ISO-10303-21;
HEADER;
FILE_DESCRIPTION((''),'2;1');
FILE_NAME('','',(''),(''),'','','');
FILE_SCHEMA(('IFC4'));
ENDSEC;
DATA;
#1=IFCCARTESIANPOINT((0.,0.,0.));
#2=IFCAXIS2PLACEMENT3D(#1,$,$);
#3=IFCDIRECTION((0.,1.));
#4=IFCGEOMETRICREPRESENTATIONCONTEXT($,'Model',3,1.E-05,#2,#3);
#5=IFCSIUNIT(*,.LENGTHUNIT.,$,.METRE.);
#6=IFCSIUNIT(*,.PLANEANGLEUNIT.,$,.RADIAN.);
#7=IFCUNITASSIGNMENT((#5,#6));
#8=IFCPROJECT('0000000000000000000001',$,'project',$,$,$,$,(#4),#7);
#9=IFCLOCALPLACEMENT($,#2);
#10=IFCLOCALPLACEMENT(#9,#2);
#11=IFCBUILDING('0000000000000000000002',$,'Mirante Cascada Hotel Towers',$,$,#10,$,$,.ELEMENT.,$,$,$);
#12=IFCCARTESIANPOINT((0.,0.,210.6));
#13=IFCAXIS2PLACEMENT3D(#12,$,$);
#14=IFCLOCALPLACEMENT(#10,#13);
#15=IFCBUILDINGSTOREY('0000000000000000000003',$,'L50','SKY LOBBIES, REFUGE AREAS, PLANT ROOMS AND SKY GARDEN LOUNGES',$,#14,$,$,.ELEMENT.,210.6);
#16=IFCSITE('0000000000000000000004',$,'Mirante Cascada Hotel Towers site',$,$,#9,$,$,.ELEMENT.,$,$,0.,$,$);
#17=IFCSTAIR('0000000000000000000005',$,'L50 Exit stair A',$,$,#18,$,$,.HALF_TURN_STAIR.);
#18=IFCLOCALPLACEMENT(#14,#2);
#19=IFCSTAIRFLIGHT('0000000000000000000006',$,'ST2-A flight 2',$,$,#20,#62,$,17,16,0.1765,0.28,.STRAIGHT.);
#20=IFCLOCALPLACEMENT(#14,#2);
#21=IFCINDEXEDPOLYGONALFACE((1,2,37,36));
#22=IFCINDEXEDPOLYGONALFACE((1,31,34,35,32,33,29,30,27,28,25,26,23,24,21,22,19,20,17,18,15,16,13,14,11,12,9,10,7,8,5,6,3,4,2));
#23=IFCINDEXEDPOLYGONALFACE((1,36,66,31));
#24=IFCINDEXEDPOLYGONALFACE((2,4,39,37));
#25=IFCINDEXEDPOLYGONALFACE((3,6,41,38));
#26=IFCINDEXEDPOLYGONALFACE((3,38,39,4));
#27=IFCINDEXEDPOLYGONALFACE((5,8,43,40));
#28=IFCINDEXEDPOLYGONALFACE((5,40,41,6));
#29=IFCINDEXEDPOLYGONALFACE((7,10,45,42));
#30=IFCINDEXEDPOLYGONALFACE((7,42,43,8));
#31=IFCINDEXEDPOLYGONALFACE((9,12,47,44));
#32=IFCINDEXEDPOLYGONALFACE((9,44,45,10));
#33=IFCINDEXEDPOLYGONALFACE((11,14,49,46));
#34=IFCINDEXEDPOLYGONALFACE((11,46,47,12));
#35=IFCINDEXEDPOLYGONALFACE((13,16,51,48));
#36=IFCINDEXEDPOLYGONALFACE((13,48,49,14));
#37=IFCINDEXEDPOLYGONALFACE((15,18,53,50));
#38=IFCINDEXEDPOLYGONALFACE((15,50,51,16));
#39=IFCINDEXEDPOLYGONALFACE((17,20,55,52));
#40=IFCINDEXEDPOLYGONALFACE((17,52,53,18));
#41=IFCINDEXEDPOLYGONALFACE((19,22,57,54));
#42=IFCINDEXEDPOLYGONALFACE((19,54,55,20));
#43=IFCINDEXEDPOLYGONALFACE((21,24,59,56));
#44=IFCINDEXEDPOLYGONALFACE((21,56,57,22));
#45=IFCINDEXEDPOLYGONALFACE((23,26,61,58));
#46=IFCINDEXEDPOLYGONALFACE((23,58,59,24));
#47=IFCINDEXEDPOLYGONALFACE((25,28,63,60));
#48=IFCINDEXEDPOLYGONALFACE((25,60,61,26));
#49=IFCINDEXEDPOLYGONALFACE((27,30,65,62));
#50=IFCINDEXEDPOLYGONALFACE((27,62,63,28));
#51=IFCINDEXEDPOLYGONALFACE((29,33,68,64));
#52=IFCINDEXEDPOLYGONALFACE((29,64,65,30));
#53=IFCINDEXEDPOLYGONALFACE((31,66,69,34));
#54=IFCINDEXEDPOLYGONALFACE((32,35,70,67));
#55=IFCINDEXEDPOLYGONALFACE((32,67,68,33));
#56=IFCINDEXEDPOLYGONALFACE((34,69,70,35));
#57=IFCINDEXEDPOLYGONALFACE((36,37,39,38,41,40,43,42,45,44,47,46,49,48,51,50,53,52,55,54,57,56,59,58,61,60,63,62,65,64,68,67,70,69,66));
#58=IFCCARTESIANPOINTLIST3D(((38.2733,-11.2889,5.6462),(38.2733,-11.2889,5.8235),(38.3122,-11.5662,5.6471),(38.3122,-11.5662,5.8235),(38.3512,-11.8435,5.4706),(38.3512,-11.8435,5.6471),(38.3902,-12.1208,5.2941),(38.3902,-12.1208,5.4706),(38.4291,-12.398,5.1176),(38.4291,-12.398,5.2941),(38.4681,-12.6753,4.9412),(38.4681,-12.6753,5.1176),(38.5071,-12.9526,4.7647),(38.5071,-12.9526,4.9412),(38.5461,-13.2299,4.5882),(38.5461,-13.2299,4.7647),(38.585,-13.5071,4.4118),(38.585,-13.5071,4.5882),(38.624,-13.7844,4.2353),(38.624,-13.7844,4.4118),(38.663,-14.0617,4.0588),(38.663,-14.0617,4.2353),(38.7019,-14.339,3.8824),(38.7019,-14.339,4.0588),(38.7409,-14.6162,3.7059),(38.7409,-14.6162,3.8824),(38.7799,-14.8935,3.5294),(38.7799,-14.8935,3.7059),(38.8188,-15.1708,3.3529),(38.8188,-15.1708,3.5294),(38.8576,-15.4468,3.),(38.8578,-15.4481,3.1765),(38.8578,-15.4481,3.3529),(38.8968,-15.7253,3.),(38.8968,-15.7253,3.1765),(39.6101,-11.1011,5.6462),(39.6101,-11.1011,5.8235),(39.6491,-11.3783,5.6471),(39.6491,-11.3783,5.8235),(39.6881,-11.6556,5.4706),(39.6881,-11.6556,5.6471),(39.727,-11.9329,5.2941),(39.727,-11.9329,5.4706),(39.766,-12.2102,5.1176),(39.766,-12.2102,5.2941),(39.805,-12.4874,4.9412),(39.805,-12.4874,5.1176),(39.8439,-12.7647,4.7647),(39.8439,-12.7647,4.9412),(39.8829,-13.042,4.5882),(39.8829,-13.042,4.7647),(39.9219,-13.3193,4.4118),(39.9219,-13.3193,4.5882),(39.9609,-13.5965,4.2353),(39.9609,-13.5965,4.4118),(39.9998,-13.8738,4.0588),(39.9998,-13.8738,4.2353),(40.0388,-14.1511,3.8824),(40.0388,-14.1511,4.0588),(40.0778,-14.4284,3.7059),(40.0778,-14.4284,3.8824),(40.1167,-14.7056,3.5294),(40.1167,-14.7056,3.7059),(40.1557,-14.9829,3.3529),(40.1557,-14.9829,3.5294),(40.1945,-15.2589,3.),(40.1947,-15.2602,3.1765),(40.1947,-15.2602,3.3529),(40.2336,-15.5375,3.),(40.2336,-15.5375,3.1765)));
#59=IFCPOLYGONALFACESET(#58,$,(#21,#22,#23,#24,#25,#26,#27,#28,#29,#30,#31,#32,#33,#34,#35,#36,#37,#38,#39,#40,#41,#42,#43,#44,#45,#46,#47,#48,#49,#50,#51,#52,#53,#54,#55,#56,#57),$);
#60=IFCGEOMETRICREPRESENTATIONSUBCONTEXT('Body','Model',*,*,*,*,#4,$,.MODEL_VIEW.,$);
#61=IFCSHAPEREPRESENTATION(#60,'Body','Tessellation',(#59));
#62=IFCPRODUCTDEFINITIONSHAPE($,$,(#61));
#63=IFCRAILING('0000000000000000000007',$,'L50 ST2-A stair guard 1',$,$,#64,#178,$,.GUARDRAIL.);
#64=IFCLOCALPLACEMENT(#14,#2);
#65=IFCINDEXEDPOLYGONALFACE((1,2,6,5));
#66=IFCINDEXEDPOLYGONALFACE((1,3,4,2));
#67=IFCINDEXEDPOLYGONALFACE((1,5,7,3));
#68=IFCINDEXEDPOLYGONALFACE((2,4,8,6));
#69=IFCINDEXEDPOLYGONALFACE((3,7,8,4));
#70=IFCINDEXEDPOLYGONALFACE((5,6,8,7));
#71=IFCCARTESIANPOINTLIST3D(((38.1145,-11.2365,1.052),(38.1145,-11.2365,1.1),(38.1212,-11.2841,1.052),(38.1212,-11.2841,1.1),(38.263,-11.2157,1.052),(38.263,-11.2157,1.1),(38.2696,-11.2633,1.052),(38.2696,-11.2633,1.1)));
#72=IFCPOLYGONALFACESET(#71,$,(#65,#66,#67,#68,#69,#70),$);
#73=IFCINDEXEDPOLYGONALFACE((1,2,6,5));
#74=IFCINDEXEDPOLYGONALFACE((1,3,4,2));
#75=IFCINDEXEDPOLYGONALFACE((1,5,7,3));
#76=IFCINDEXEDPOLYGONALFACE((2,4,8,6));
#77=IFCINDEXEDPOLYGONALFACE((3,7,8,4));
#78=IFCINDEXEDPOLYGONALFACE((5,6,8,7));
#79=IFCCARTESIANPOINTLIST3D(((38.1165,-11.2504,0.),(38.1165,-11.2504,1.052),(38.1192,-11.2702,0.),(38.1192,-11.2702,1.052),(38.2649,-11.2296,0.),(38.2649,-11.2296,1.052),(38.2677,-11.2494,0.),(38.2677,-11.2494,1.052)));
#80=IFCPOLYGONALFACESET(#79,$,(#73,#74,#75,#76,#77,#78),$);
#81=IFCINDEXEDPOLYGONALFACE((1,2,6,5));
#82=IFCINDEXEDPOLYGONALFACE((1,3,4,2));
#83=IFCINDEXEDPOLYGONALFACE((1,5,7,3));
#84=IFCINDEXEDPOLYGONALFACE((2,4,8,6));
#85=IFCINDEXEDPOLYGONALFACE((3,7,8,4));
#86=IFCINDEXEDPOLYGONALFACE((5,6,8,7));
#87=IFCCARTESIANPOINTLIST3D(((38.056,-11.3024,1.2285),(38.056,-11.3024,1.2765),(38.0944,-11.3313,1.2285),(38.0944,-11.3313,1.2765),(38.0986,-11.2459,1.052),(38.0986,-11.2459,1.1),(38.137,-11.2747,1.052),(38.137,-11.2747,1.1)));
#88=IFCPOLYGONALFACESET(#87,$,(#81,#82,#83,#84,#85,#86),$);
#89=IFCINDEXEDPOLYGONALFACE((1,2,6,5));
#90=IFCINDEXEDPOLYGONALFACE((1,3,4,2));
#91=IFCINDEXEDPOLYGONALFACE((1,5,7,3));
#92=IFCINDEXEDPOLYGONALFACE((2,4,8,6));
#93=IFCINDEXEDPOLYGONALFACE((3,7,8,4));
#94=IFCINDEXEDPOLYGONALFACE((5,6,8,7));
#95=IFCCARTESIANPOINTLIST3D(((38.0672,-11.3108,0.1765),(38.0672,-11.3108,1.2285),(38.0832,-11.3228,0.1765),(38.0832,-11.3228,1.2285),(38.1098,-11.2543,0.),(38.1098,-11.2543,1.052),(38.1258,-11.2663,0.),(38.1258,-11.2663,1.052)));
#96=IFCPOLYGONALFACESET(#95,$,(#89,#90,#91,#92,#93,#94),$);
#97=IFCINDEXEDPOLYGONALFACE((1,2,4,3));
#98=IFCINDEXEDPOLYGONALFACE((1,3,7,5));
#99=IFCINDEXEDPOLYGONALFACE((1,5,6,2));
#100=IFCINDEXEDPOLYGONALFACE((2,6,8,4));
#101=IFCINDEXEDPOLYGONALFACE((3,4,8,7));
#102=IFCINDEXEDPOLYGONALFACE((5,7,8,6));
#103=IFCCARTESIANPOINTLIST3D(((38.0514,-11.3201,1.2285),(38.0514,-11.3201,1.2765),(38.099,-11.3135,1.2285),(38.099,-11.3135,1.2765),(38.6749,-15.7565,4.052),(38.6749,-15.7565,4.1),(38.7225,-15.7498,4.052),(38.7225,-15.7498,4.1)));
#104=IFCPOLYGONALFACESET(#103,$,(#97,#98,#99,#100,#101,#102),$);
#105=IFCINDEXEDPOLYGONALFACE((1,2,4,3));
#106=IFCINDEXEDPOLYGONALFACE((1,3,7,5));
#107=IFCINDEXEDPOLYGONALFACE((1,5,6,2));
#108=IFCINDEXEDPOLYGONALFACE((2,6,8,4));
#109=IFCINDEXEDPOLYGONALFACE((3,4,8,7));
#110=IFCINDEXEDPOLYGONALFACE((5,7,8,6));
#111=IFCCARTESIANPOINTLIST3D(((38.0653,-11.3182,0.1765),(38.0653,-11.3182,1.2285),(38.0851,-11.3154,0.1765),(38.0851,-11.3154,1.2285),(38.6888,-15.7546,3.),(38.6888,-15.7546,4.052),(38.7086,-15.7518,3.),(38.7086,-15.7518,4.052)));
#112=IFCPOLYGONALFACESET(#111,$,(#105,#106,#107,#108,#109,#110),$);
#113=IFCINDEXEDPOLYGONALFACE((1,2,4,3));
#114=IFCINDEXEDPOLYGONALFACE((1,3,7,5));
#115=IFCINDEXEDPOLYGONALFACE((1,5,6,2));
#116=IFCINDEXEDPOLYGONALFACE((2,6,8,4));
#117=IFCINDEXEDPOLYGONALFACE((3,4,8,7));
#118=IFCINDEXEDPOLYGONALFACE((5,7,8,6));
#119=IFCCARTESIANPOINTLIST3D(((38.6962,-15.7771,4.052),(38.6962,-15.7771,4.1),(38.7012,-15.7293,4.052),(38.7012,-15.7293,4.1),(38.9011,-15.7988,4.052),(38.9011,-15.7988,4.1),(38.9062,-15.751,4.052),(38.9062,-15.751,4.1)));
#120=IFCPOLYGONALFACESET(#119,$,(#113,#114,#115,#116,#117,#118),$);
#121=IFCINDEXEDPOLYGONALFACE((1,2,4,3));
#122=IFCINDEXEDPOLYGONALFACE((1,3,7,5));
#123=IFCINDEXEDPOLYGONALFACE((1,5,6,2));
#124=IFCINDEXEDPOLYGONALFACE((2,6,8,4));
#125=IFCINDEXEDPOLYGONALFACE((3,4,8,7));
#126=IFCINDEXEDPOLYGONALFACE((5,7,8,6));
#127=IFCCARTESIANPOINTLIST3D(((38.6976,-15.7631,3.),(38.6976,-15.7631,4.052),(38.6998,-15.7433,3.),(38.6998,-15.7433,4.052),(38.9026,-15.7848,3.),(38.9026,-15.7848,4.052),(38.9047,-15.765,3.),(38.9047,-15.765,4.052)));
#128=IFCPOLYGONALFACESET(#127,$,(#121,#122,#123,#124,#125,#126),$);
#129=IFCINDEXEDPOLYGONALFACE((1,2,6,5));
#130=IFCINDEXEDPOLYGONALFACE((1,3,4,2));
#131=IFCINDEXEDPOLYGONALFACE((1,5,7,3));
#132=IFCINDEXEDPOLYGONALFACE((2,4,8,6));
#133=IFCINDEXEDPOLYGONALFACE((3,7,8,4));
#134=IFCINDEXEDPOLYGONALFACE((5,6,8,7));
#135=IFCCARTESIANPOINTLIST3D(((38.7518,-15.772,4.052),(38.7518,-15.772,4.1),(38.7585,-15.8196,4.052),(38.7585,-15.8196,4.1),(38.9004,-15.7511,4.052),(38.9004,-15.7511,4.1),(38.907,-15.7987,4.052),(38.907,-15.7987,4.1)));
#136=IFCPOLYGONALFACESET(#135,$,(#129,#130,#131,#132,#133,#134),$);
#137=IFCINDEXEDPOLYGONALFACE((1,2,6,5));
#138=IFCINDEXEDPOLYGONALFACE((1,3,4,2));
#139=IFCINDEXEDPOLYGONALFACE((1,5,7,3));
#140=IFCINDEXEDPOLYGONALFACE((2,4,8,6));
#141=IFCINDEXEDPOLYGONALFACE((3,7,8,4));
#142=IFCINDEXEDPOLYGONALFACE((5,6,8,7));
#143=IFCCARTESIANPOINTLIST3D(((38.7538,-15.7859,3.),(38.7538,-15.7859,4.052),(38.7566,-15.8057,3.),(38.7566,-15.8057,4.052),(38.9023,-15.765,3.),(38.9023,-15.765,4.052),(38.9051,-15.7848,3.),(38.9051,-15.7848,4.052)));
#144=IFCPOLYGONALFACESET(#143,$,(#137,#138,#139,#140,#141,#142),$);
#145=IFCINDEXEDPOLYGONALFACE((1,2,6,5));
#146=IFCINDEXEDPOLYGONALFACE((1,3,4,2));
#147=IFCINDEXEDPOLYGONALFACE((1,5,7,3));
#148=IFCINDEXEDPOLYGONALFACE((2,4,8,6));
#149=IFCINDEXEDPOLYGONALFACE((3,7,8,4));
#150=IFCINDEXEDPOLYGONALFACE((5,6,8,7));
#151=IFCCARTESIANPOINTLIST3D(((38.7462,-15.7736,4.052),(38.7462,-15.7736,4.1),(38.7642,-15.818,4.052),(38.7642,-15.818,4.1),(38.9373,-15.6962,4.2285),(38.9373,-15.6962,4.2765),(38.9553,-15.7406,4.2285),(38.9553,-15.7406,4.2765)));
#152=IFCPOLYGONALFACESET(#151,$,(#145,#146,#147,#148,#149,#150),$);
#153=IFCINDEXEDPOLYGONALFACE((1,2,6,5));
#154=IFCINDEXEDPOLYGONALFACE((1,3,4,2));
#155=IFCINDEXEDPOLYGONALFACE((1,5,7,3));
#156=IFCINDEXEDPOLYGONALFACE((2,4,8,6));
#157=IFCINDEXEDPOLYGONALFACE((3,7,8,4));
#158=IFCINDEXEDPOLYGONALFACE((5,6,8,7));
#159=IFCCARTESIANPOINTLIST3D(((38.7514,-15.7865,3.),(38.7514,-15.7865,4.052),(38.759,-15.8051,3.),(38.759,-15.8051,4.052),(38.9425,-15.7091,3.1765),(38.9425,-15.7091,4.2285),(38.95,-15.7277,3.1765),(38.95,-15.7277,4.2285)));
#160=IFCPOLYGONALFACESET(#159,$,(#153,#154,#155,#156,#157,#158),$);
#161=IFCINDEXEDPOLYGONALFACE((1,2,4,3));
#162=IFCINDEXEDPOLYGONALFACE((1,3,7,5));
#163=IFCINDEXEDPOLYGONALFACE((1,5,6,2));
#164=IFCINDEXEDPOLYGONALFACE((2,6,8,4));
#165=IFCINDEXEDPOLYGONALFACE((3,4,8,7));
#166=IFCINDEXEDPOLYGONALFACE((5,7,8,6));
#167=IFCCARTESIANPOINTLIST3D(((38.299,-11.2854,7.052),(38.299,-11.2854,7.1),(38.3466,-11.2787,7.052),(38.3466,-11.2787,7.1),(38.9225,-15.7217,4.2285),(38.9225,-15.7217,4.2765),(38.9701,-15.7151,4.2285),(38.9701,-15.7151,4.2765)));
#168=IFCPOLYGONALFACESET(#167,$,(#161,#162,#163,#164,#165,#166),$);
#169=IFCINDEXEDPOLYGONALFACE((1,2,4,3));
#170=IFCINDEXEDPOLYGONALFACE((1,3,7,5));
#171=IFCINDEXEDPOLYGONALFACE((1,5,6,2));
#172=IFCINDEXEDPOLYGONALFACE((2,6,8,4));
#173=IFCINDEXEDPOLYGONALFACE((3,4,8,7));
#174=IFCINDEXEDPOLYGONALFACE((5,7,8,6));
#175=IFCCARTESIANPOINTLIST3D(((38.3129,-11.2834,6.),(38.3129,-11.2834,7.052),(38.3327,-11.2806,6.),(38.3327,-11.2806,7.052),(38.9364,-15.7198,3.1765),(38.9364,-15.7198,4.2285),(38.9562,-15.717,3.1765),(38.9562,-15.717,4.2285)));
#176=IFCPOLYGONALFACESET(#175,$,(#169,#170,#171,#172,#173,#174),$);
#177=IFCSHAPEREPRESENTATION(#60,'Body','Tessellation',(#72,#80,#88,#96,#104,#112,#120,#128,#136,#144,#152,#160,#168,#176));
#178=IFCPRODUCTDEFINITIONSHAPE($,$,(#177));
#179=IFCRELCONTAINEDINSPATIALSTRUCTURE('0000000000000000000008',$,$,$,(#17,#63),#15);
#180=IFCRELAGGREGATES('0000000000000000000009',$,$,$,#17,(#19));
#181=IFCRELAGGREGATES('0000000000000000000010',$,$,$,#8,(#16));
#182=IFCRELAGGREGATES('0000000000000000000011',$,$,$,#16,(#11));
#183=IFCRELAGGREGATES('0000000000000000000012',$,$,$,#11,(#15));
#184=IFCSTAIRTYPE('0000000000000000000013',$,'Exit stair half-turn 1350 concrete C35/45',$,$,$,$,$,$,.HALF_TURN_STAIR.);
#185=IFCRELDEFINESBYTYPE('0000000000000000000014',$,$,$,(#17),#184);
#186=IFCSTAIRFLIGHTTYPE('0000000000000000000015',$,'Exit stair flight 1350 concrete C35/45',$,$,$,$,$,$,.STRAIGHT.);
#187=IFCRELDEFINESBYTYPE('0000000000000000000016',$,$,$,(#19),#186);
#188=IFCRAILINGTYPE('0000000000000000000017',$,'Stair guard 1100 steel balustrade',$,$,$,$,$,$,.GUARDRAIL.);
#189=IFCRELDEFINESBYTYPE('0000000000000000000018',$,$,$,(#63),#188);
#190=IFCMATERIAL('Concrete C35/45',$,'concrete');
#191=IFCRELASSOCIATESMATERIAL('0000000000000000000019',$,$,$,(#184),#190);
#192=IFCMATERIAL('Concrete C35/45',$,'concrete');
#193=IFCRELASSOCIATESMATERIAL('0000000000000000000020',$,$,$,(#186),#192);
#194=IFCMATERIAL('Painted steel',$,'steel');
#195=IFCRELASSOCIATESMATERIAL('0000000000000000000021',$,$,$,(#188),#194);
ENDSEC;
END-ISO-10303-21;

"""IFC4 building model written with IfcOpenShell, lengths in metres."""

from ifc_helpers import new_model, si_unit, direction, frame, origin, origin_2d, place, context, subcontext, project, spatial, polyline, rectangle, outline, extrude, material, type_object, element, aggregate, save


model = new_model("IFC4")

# Units and contexts
model_context = context("Model", 3, precision=1e-05, world=origin(), true_north=direction((0.0, 1.0)))
body_context = subcontext(model_context, "Body", "Model", "MODEL_VIEW")
ifc_project = project(units=[si_unit("LENGTHUNIT", "METRE"), si_unit("PLANEANGLEUNIT", "RADIAN")], contexts=[model_context])

# Site, building, storey
site_placement = place(None, origin())
site = spatial("IfcSite", under=ifc_project, at=site_placement, Name="Mirante Cascada Hotel Towers site", CompositionType="ELEMENT", RefElevation=0.0)
building_placement = place(site_placement, origin())
building = spatial("IfcBuilding", under=site, at=building_placement, Name="Mirante Cascada Hotel Towers", CompositionType="ELEMENT")
storey_placement = place(building_placement, frame((0.0, 0.0, 210.6)))
storey = spatial("IfcBuildingStorey", under=building, at=storey_placement, Name="L50", Description="SKY LOBBIES, REFUGE AREAS, PLANT ROOMS AND SKY GARDEN LOUNGES", CompositionType="ELEMENT", Elevation=210.6)

# Stair, stair flight
ifc_material_1 = material(Name="Concrete C35/45", Category="concrete")
stair_type = type_object("IfcStairType", Name="Exit stair half-turn 1350 concrete C35/45", PredefinedType="HALF_TURN_STAIR", material=ifc_material_1)
stair_placement = place(storey_placement, origin())
stair = element("IfcStair", 1, at=stair_placement, inside=storey, type_object=stair_type, Name="L50 Exit stair A", PredefinedType="HALF_TURN_STAIR")
ifc_material_2 = material(Name="Concrete C35/45", Category="concrete")
stair_flight_type = type_object("IfcStairFlightType", Name="Exit stair flight 1350 concrete C35/45", PredefinedType="STRAIGHT", material=ifc_material_2)
stair_flight_1_placement = place(storey_placement, frame((39.5652, -15.6314, 3.0), z_axis=(0.0, 0.0, 1.0), x_axis=(-0.139173, 0.990268, 0.0)))
stair_flight_1 = element("IfcStairFlight", 2, at=stair_flight_1_placement, type_object=stair_flight_type, Name="ST2-A flight 2", NumberOfRisers=17, NumberOfTreads=16, PredefinedType="STRAIGHT", RiserHeight=0.1765, TreadLength=0.28, context=body_context, shape_type="SweptSolid", body=[
    extrude(outline(polyline([(0.0, 0.0), (0.0, 0.1765), (0.28, 0.1765), (0.28, 0.3529), (0.56, 0.3529), (0.56, 0.5294), (0.84, 0.5294), (0.84, 0.7059), (1.12, 0.7059), (1.12, 0.8824), (1.4, 0.8824), (1.4, 1.0588), (1.68, 1.0588), (1.68, 1.2353), (1.96, 1.2353), (1.96, 1.4118), (2.24, 1.4118), (2.24, 1.5882), (2.52, 1.5882), (2.52, 1.7647), (2.8, 1.7647), (2.8, 1.9412), (3.08, 1.9412), (3.08, 2.1176), (3.36, 2.1176), (3.36, 2.2941), (3.64, 2.2941), (3.64, 2.4706), (3.92, 2.4706), (3.92, 2.6471), (4.2, 2.6471), (4.2, 2.8235), (4.48, 2.8235), (4.48, 3.0), (4.48, 2.6462), (0.2813, 0.0), (0.0, 0.0)])), frame((0.0, 0.675, 0.0), z_axis=(0.0, -1.0, 0.0), x_axis=(1.0, 0.0, 0.0)), (0.0, 0.0, 1.0), 1.35),
])
aggregate(stair, [stair_flight_1])

# Railing
ifc_material_3 = material(Name="Painted steel", Category="steel")
railing_type_1 = type_object("IfcRailingType", Name="Stair guard 1100 steel balustrade", PredefinedType="GUARDRAIL", material=ifc_material_3)
railing_1_placement = place(storey_placement, frame((38.2663, -11.2395, 0.0)))
element("IfcRailing", 3, at=railing_1_placement, inside=storey, type_object=railing_type_1, Name="L50 ST2-A stair guard 1", PredefinedType="GUARDRAIL", context=body_context, shape_type="SweptSolid", body=[
    extrude(rectangle(XDim=0.048, YDim=0.048, at=origin_2d()), frame((0.0, 0.0, 1.076), z_axis=(-0.990333, -0.138713, 0.0), x_axis=(0.138713, -0.990333, 0.0)), (0.0, 0.0, 1.0), 0.1499),
    extrude(rectangle(XDim=0.02, YDim=1.052, at=origin_2d()), frame((0.0, 0.0, 0.526), z_axis=(-0.990333, -0.138713, 0.0), x_axis=(0.138713, -0.990333, 0.0)), (0.0, 0.0, 1.0), 0.1499),
    extrude(rectangle(XDim=0.048, YDim=0.048, at=origin_2d()), frame((-0.1485, -0.0208, 1.076), z_axis=(-0.602033, -0.798471, 0.0), x_axis=(0.798471, -0.602033, 0.0)), (0.0, 0.928186, 0.372117), 0.1902),
    extrude(rectangle(XDim=0.02, YDim=1.052, at=origin_2d()), frame((-0.1485, -0.0208, 0.526), z_axis=(-0.602033, -0.798471, 0.0), x_axis=(0.798471, -0.602033, 0.0)), (0.0, 0.928186, 0.372117), 0.1902),
    extrude(rectangle(XDim=0.048, YDim=0.048, at=origin_2d()), frame((-0.1911, -0.0773, 1.2525), z_axis=(0.139174, -0.990268, 0.0), x_axis=(0.990268, 0.139174, 0.0)), (0.0, 0.533186, 0.845998), 5.2955),
    extrude(rectangle(XDim=0.02, YDim=1.052, at=origin_2d()), frame((-0.1911, -0.0773, 0.7025), z_axis=(0.139174, -0.990268, 0.0), x_axis=(0.990268, 0.139174, 0.0)), (0.0, 0.533186, 0.845998), 5.2955),
    extrude(rectangle(XDim=0.048, YDim=0.048, at=origin_2d()), frame((0.4324, -4.5137, 4.076), z_axis=(0.994444, -0.105266, 0.0), x_axis=(0.105266, 0.994444, 0.0)), (0.0, 0.0, 1.0), 0.2061),
    extrude(rectangle(XDim=0.02, YDim=1.052, at=origin_2d()), frame((0.4324, -4.5137, 3.526), z_axis=(0.994444, -0.105266, 0.0), x_axis=(0.105266, 0.994444, 0.0)), (0.0, 0.0, 1.0), 0.2061),
    extrude(rectangle(XDim=0.048, YDim=0.048, at=origin_2d()), frame((0.6374, -4.5354, 4.076), z_axis=(-0.990241, -0.139367, 0.0), x_axis=(0.139367, -0.990241, 0.0)), (0.0, 0.0, 1.0), 0.15),
    extrude(rectangle(XDim=0.02, YDim=1.052, at=origin_2d()), frame((0.6374, -4.5354, 3.526), z_axis=(-0.990241, -0.139367, 0.0), x_axis=(0.139367, -0.990241, 0.0)), (0.0, 0.0, 1.0), 0.15),
    extrude(rectangle(XDim=0.048, YDim=0.048, at=origin_2d()), frame((0.4889, -4.5563, 4.076), z_axis=(0.926862, 0.375401, 0.0), x_axis=(-0.375401, 0.926862, 0.0)), (0.0, 0.650313, 0.759667), 0.2714),
    extrude(rectangle(XDim=0.02, YDim=1.052, at=origin_2d()), frame((0.4889, -4.5563, 3.526), z_axis=(0.926862, 0.375401, 0.0), x_axis=(-0.375401, 0.926862, 0.0)), (0.0, 0.650313, 0.759667), 0.2714),
    extrude(rectangle(XDim=0.048, YDim=0.048, at=origin_2d()), frame((0.68, -4.4789, 4.2525), z_axis=(-0.139174, 0.990268, 0.0), x_axis=(-0.990268, -0.139174, 0.0)), (0.0, 0.533186, 0.845998), 5.2955),
    extrude(rectangle(XDim=0.02, YDim=1.052, at=origin_2d()), frame((0.68, -4.4789, 3.7025), z_axis=(-0.139174, 0.990268, 0.0), x_axis=(-0.990268, -0.139174, 0.0)), (0.0, 0.533186, 0.845998), 5.2955),
])

save(model, "model.ifc")
